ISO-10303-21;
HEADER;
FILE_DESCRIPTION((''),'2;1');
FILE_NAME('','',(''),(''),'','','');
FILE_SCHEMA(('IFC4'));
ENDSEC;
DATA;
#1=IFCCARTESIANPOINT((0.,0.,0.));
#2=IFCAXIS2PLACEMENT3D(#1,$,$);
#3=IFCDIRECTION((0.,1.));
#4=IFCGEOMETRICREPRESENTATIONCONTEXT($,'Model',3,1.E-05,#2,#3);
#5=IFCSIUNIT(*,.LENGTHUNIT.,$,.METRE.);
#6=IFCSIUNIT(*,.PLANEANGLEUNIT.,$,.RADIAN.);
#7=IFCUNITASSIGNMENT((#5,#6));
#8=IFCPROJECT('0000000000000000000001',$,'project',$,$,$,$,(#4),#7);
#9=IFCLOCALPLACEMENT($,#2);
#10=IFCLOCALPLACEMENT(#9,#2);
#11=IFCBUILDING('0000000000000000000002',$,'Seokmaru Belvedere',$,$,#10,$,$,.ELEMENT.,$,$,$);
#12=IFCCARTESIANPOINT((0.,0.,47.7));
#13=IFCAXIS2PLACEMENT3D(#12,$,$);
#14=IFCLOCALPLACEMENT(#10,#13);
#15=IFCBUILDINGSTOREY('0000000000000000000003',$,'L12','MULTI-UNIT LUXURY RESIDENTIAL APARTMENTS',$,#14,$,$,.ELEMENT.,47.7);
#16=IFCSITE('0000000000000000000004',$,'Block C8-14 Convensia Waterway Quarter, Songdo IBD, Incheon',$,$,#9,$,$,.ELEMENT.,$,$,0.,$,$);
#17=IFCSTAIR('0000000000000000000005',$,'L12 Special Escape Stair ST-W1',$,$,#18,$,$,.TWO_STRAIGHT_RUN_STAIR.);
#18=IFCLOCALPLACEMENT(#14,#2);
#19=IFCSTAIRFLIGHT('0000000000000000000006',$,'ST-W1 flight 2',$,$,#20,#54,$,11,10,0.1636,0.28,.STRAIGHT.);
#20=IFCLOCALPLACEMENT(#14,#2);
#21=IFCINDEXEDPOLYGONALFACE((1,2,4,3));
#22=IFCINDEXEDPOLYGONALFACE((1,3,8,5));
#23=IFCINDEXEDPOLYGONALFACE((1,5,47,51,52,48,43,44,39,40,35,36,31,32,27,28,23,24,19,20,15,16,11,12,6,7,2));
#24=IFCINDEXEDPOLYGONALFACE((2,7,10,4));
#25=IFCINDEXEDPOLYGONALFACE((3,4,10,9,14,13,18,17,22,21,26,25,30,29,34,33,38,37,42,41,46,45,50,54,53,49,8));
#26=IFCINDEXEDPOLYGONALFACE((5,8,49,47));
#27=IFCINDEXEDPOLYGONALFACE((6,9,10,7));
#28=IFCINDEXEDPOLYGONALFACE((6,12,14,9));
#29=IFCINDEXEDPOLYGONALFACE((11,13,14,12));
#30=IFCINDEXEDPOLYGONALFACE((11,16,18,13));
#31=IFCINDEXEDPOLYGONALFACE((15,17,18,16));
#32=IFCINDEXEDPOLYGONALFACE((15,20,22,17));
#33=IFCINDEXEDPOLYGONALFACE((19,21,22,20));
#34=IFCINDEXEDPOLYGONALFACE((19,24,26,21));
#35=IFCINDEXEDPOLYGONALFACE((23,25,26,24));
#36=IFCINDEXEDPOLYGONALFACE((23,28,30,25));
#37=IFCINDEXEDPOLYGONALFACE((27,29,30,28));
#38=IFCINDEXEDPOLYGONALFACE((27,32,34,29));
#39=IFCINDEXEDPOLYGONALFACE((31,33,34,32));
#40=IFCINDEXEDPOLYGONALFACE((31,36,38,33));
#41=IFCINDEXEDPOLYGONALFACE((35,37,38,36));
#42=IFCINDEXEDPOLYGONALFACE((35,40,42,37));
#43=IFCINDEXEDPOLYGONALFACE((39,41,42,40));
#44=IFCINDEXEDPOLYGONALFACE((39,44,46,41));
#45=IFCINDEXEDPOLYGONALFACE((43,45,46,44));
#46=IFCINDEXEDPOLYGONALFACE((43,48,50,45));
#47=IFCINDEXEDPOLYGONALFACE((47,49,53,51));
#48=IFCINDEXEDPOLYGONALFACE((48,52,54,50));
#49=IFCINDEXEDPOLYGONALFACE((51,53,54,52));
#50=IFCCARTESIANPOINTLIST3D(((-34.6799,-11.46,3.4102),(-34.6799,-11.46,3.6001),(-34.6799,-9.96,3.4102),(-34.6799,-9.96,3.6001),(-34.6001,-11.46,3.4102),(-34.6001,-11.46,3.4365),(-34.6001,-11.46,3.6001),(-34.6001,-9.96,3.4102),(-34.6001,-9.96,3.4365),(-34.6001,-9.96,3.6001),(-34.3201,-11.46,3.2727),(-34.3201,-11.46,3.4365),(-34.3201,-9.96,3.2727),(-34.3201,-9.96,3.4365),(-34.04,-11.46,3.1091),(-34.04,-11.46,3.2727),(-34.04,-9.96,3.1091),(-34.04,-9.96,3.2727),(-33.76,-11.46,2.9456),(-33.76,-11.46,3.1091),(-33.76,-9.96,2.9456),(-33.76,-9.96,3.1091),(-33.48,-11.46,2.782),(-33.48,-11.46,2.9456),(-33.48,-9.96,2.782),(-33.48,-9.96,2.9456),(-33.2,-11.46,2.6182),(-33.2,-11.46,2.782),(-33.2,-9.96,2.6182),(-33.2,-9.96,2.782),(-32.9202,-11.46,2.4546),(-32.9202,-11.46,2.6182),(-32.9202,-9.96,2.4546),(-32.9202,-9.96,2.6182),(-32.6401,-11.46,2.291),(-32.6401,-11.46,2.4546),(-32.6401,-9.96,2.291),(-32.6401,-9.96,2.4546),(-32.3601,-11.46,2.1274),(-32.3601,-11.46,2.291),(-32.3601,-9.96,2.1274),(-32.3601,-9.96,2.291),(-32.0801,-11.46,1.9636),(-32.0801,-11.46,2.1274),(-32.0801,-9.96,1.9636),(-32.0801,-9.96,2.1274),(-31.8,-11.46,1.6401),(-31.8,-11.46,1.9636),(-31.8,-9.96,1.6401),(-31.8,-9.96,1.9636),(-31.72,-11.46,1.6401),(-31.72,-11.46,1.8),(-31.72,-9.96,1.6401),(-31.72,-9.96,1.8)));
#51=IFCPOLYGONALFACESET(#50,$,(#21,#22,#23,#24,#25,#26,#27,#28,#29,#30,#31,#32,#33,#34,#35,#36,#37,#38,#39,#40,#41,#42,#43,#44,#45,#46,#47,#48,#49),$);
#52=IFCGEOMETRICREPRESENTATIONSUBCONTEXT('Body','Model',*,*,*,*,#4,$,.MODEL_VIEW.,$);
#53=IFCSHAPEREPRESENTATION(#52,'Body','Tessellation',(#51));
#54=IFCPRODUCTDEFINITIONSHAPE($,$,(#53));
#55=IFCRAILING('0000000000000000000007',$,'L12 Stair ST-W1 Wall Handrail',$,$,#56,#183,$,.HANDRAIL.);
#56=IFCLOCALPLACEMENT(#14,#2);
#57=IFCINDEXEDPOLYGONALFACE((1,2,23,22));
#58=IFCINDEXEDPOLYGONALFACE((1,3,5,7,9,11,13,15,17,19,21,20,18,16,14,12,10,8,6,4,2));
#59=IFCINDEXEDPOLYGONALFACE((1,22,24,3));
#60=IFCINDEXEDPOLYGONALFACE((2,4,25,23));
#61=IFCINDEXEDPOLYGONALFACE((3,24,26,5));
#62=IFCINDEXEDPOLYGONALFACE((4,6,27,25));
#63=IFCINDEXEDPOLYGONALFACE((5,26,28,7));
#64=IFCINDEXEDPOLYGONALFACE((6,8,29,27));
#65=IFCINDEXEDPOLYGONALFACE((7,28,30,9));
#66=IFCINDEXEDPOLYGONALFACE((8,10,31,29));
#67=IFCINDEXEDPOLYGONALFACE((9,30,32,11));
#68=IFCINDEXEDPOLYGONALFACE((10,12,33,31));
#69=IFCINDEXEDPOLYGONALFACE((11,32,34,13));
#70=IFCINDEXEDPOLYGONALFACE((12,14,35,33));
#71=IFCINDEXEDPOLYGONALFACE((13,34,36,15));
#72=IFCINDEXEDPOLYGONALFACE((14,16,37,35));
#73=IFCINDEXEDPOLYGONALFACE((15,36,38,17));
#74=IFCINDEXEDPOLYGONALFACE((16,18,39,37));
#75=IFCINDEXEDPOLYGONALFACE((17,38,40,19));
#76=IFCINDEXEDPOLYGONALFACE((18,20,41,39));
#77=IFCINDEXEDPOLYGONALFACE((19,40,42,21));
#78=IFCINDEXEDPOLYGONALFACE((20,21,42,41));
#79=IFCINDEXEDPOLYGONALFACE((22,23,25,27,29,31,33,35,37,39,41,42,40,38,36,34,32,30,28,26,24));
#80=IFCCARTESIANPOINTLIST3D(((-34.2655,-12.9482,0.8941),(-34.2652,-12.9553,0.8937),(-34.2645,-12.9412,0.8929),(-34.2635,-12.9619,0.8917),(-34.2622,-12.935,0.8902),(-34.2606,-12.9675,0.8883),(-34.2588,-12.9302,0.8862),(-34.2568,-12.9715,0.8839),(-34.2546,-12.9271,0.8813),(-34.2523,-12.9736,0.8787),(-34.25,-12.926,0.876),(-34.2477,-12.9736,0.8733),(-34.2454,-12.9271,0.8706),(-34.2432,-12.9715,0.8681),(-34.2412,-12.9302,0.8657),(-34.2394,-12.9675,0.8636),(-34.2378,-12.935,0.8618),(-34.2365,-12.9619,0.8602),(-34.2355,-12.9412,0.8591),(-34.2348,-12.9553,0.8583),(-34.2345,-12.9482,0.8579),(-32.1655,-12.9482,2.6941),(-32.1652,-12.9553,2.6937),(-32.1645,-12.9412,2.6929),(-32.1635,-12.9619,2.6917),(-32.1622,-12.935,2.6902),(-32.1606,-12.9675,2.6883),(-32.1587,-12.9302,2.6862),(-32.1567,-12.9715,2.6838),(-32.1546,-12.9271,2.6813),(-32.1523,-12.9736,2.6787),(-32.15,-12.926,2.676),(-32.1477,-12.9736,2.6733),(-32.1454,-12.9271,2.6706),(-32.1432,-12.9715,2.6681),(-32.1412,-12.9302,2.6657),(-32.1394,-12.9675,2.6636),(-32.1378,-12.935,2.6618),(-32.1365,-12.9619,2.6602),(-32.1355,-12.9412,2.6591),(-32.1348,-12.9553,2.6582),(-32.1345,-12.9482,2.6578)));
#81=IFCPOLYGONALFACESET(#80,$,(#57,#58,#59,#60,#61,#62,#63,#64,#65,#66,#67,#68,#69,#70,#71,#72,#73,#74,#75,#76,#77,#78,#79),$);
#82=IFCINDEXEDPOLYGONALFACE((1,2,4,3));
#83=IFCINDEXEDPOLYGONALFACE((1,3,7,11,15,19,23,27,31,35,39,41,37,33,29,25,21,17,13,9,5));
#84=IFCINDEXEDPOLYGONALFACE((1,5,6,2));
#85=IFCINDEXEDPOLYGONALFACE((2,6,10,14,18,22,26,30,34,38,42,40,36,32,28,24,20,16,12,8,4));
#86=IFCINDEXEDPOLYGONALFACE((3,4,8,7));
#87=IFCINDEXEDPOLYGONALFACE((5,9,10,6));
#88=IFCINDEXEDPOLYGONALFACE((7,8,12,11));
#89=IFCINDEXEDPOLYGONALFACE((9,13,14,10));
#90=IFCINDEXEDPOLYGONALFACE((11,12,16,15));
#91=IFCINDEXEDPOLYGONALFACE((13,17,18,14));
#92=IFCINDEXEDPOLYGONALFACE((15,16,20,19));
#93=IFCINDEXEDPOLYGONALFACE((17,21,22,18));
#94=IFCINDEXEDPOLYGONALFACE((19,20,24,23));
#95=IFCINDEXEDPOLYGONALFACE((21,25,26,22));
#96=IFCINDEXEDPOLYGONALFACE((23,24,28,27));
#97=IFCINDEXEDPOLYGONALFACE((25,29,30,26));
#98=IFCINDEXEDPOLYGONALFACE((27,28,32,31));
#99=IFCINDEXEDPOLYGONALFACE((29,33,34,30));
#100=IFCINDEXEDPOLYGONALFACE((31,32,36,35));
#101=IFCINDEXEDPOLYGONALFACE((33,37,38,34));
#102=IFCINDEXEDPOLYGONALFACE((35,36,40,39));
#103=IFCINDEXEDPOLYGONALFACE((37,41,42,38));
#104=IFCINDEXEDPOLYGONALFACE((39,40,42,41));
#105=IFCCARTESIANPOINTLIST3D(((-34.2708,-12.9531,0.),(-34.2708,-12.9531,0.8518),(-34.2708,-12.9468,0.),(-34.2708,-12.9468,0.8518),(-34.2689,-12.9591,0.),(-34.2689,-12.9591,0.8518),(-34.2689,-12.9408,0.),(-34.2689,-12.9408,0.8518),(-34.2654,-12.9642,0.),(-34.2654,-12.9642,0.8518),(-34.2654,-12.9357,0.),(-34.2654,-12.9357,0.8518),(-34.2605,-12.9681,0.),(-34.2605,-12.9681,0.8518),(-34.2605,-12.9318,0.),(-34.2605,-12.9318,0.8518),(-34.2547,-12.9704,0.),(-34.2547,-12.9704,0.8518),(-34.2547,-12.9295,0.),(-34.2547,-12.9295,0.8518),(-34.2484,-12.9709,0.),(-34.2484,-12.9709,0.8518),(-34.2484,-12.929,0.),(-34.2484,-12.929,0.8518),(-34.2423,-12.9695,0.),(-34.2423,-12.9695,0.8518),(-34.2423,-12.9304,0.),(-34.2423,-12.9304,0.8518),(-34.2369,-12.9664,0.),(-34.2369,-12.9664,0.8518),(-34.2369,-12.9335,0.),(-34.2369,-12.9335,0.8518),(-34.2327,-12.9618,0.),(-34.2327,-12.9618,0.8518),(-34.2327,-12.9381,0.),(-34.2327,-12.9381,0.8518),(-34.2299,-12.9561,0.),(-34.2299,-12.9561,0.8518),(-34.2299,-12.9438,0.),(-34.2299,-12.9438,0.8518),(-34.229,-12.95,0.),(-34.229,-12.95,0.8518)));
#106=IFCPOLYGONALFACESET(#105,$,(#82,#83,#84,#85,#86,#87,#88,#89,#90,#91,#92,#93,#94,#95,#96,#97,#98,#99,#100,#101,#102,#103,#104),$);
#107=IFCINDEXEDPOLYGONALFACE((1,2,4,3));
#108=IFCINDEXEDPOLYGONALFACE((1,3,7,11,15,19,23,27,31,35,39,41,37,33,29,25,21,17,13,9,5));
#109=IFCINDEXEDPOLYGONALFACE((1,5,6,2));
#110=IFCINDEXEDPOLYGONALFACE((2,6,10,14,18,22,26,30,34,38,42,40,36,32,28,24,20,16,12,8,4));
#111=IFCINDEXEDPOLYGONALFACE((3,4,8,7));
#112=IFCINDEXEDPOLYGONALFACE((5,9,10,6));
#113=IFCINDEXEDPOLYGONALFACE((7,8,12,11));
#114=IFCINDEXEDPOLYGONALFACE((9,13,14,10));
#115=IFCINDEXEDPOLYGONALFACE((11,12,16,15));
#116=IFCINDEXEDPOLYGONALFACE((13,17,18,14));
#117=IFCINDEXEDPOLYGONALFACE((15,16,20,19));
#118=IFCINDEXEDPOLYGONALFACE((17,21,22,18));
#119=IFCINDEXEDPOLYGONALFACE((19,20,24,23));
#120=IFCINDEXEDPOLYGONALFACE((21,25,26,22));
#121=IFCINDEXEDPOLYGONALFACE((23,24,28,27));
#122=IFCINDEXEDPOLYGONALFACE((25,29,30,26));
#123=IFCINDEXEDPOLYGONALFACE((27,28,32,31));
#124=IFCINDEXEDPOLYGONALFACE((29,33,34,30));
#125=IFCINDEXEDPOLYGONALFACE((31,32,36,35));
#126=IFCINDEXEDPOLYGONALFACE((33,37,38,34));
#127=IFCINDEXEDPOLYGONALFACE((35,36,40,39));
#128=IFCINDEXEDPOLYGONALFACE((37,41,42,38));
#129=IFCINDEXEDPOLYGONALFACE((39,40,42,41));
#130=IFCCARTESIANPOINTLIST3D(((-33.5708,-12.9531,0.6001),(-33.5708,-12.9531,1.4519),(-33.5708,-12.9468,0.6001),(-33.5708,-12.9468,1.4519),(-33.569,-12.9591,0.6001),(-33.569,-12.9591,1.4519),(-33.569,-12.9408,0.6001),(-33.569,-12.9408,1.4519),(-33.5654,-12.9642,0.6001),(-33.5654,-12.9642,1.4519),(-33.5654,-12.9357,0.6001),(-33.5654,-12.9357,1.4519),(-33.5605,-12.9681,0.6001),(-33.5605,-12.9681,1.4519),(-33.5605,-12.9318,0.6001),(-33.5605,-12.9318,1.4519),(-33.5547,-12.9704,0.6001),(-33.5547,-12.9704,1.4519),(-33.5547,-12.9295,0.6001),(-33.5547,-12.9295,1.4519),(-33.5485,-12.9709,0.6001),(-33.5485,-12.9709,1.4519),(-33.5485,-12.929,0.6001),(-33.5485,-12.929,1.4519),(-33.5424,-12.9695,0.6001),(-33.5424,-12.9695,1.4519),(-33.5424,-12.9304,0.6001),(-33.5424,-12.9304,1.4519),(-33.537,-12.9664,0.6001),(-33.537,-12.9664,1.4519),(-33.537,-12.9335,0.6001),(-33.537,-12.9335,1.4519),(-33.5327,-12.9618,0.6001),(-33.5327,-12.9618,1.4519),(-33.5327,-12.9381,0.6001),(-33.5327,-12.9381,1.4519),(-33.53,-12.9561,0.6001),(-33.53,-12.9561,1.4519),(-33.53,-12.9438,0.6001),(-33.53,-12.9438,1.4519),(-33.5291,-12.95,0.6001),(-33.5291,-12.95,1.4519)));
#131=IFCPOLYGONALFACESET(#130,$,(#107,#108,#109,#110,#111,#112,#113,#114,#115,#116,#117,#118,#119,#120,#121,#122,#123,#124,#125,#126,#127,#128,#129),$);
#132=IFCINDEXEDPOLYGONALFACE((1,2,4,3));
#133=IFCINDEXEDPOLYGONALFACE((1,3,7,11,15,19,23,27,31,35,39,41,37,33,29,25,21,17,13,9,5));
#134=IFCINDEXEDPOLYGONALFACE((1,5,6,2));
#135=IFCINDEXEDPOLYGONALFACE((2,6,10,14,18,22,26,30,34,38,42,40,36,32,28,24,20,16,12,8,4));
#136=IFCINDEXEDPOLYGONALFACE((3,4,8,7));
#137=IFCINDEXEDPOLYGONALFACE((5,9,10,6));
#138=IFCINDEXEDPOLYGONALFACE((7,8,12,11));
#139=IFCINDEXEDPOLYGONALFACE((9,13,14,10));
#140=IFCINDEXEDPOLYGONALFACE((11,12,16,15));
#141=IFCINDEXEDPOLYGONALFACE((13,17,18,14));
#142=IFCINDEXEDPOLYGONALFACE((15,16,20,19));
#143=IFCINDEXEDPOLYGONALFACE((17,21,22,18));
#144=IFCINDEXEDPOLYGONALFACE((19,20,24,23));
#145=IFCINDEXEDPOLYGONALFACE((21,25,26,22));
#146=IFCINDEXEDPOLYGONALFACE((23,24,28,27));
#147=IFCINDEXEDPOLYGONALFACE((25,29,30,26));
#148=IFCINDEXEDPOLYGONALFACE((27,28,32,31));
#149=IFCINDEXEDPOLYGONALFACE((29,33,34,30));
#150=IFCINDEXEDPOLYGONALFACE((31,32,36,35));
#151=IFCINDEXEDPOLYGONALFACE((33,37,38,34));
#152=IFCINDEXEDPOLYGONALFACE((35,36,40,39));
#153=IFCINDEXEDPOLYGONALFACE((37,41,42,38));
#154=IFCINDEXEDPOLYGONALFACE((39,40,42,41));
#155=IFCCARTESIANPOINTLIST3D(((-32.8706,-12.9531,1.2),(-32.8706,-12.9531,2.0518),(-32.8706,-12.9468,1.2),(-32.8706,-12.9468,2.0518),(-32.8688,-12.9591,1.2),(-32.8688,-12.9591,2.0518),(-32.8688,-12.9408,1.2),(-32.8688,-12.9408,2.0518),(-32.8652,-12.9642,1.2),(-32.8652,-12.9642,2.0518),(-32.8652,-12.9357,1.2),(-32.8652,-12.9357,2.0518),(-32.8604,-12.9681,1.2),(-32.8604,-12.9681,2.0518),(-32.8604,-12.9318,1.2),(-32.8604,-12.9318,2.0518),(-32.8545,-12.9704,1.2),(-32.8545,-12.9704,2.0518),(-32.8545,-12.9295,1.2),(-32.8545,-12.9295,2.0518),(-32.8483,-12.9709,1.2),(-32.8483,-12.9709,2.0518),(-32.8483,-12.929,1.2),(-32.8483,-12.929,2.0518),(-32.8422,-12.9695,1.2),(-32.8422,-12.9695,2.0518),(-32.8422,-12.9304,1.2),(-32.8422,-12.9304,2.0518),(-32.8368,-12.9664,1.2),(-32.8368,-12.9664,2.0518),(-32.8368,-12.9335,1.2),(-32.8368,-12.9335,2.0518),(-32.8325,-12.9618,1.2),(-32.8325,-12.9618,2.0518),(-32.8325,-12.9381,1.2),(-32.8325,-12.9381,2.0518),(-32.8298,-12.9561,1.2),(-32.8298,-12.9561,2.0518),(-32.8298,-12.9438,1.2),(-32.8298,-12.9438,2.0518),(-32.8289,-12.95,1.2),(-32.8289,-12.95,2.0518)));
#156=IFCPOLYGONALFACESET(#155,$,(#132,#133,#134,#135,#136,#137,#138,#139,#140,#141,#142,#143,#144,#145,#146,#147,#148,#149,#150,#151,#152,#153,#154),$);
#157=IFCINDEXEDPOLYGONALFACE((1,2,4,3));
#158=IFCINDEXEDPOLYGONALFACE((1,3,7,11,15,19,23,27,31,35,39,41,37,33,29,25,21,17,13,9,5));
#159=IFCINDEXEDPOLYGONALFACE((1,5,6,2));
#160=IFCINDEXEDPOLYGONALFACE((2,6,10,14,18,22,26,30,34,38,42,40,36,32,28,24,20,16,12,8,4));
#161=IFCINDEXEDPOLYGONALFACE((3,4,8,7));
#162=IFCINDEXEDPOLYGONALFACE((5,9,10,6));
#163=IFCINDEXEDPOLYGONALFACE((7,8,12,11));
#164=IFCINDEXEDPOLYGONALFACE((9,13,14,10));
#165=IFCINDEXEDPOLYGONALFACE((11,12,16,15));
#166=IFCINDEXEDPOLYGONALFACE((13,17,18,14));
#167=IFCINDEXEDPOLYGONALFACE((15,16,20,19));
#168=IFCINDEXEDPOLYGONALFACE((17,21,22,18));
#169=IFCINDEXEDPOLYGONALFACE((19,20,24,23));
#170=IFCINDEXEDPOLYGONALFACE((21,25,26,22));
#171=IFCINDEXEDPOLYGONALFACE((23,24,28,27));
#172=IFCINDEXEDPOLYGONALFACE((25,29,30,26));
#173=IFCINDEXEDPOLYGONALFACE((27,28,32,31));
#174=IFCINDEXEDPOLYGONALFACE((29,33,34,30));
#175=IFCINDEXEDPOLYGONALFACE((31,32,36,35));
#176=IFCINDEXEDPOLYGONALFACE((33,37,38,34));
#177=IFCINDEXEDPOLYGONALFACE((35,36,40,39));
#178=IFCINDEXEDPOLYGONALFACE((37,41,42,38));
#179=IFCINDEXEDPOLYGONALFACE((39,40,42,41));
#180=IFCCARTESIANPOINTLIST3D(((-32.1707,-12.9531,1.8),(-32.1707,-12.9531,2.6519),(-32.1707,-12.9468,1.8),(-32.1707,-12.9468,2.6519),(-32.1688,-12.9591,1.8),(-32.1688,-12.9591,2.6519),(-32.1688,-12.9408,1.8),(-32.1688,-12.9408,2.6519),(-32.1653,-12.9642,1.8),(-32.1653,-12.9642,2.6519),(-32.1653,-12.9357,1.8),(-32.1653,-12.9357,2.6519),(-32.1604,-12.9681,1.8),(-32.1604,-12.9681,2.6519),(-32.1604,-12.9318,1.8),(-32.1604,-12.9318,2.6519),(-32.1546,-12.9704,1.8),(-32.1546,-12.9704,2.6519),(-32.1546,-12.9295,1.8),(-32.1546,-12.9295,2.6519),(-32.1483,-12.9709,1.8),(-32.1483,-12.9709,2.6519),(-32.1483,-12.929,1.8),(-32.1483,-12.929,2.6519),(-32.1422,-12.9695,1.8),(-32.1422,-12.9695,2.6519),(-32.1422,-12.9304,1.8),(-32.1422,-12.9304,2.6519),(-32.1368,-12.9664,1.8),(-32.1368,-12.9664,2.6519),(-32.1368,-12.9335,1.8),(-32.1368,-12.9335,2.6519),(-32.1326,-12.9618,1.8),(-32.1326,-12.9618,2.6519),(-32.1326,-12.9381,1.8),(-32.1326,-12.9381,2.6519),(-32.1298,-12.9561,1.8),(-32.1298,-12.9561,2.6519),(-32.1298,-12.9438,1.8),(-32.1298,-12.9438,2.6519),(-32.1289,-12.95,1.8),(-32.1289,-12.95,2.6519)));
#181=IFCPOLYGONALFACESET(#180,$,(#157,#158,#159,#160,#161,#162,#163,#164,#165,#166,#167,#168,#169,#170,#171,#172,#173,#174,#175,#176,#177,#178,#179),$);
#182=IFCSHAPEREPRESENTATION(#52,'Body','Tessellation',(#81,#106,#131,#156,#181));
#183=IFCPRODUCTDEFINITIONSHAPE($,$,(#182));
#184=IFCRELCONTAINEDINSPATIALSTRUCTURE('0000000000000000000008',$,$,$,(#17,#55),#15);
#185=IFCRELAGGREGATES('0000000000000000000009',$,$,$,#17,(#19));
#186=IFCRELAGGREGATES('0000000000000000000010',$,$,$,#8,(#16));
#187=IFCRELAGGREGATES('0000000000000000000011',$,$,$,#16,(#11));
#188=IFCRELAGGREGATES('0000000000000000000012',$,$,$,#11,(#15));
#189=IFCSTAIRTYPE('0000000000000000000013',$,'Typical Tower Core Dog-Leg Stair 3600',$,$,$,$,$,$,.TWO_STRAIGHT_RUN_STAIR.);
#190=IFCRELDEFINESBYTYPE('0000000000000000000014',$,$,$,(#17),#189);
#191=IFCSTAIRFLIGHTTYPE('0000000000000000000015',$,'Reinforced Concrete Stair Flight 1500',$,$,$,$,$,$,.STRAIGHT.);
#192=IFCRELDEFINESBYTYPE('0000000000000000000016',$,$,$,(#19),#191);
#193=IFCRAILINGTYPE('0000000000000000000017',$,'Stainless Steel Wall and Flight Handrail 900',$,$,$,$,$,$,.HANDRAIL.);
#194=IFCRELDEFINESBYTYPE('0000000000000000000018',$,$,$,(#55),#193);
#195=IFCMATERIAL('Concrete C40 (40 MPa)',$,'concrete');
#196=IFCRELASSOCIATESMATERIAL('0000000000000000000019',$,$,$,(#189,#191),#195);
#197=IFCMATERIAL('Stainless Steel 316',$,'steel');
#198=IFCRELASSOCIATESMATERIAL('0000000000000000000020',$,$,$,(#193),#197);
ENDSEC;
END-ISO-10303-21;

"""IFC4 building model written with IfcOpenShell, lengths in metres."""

from ifc_helpers import new_model, si_unit, direction, frame, origin, origin_2d, place, context, subcontext, project, spatial, polyline, circle, outline, extrude, material, type_object, element, aggregate, save


model = new_model("IFC4")

# Units and contexts
model_context = context("Model", 3, precision=1e-05, world=origin(), true_north=direction((0.0, 1.0)))
body_context = subcontext(model_context, "Body", "Model", "MODEL_VIEW")
ifc_project = project(units=[si_unit("LENGTHUNIT", "METRE"), si_unit("PLANEANGLEUNIT", "RADIAN")], contexts=[model_context])

# Site, building, storey
site_placement = place(None, origin())
site = spatial("IfcSite", under=ifc_project, at=site_placement, Name="Block C8-14 Convensia Waterway Quarter, Songdo IBD, Incheon", CompositionType="ELEMENT", RefElevation=0.0)
building_placement = place(site_placement, origin())
building = spatial("IfcBuilding", under=site, at=building_placement, Name="Seokmaru Belvedere", CompositionType="ELEMENT")
storey_placement = place(building_placement, frame((0.0, 0.0, 47.7)))
storey = spatial("IfcBuildingStorey", under=building, at=storey_placement, Name="L12", Description="MULTI-UNIT LUXURY RESIDENTIAL APARTMENTS", CompositionType="ELEMENT", Elevation=47.7)

# Shared definitions
ifc_material_1 = material(Name="Stainless Steel 316", Category="steel")

# Stair, stair flight
ifc_material_2 = material(Name="Concrete C40 (40 MPa)", Category="concrete")
stair_type = type_object("IfcStairType", Name="Typical Tower Core Dog-Leg Stair 3600", PredefinedType="TWO_STRAIGHT_RUN_STAIR", material=ifc_material_2)
stair_placement = place(storey_placement, origin())
stair = element("IfcStair", 1, at=stair_placement, inside=storey, type_object=stair_type, Name="L12 Special Escape Stair ST-W1", PredefinedType="TWO_STRAIGHT_RUN_STAIR")
stair_flight_type = type_object("IfcStairFlightType", Name="Reinforced Concrete Stair Flight 1500", PredefinedType="STRAIGHT", material=ifc_material_2)
stair_flight_1_placement = place(storey_placement, frame((-31.8, -10.71, 1.8), z_axis=(0.0, 0.0, 1.0), x_axis=(-1.0, 0.0, 0.0)))
stair_flight_1 = element("IfcStairFlight", 2, at=stair_flight_1_placement, type_object=stair_flight_type, Name="ST-W1 flight 2", NumberOfRisers=11, NumberOfTreads=10, PredefinedType="STRAIGHT", RiserHeight=0.1636, TreadLength=0.28, context=body_context, shape_type="SweptSolid", body=[
    extrude(outline(polyline([(-0.0801, 0.0), (0.0, 0.1636), (0.28, 0.1636), (0.28, 0.3274), (0.5601, 0.3274), (0.5601, 0.491), (0.8401, 0.491), (0.8401, 0.6545), (1.1201, 0.6545), (1.1201, 0.8181), (1.3999, 0.8181), (1.3999, 0.9819), (1.6799, 0.9819), (1.6799, 1.1455), (1.96, 1.1455), (1.96, 1.3091), (2.24, 1.3091), (2.24, 1.4727), (2.52, 1.4727), (2.52, 1.6365), (2.8, 1.6365), (2.8, 1.8), (2.8799, 1.8), (2.8799, 1.6101), (2.8, 1.6101), (0.0, -0.1599), (-0.0801, -0.1599), (-0.0801, 0.0)])), frame((0.0, 0.75, 0.0), z_axis=(0.0, -1.0, 0.0), x_axis=(1.0, 0.0, 0.0)), (0.0, 0.0, 1.0), 1.5),
])
aggregate(stair, [stair_flight_1])

# Railing
railing_type_1 = type_object("IfcRailingType", Name="Stainless Steel Wall and Flight Handrail 900", PredefinedType="HANDRAIL", material=ifc_material_1)
railing_1_placement = place(storey_placement, frame((-34.25, -12.95, 0.0)))
element("IfcRailing", 3, at=railing_1_placement, inside=storey, type_object=railing_type_1, Name="L12 Stair ST-W1 Wall Handrail", PredefinedType="HANDRAIL", context=body_context, shape_type="SweptSolid", body=[
    extrude(circle(Radius=0.0239, at=origin_2d()), frame((0.0, 0.0, 0.876), z_axis=(0.759263, 0.0, 0.650784), x_axis=(0.0, 1.0, 0.0)), (0.0, 0.0, 1.0), 2.7659),
    extrude(circle(Radius=0.021, at=origin_2d()), origin(), (0.0, 0.0, 1.0), 0.8518),
    extrude(circle(Radius=0.021, at=origin_2d()), frame((0.7, 0.0, 0.6001)), (0.0, 0.0, 1.0), 0.8518),
    extrude(circle(Radius=0.021, at=origin_2d()), frame((1.4001, 0.0, 1.2)), (0.0, 0.0, 1.0), 0.8518),
    extrude(circle(Radius=0.021, at=origin_2d()), frame((2.1001, 0.0, 1.8)), (0.0, 0.0, 1.0), 0.8518),
])

save(model, "model.ifc")
